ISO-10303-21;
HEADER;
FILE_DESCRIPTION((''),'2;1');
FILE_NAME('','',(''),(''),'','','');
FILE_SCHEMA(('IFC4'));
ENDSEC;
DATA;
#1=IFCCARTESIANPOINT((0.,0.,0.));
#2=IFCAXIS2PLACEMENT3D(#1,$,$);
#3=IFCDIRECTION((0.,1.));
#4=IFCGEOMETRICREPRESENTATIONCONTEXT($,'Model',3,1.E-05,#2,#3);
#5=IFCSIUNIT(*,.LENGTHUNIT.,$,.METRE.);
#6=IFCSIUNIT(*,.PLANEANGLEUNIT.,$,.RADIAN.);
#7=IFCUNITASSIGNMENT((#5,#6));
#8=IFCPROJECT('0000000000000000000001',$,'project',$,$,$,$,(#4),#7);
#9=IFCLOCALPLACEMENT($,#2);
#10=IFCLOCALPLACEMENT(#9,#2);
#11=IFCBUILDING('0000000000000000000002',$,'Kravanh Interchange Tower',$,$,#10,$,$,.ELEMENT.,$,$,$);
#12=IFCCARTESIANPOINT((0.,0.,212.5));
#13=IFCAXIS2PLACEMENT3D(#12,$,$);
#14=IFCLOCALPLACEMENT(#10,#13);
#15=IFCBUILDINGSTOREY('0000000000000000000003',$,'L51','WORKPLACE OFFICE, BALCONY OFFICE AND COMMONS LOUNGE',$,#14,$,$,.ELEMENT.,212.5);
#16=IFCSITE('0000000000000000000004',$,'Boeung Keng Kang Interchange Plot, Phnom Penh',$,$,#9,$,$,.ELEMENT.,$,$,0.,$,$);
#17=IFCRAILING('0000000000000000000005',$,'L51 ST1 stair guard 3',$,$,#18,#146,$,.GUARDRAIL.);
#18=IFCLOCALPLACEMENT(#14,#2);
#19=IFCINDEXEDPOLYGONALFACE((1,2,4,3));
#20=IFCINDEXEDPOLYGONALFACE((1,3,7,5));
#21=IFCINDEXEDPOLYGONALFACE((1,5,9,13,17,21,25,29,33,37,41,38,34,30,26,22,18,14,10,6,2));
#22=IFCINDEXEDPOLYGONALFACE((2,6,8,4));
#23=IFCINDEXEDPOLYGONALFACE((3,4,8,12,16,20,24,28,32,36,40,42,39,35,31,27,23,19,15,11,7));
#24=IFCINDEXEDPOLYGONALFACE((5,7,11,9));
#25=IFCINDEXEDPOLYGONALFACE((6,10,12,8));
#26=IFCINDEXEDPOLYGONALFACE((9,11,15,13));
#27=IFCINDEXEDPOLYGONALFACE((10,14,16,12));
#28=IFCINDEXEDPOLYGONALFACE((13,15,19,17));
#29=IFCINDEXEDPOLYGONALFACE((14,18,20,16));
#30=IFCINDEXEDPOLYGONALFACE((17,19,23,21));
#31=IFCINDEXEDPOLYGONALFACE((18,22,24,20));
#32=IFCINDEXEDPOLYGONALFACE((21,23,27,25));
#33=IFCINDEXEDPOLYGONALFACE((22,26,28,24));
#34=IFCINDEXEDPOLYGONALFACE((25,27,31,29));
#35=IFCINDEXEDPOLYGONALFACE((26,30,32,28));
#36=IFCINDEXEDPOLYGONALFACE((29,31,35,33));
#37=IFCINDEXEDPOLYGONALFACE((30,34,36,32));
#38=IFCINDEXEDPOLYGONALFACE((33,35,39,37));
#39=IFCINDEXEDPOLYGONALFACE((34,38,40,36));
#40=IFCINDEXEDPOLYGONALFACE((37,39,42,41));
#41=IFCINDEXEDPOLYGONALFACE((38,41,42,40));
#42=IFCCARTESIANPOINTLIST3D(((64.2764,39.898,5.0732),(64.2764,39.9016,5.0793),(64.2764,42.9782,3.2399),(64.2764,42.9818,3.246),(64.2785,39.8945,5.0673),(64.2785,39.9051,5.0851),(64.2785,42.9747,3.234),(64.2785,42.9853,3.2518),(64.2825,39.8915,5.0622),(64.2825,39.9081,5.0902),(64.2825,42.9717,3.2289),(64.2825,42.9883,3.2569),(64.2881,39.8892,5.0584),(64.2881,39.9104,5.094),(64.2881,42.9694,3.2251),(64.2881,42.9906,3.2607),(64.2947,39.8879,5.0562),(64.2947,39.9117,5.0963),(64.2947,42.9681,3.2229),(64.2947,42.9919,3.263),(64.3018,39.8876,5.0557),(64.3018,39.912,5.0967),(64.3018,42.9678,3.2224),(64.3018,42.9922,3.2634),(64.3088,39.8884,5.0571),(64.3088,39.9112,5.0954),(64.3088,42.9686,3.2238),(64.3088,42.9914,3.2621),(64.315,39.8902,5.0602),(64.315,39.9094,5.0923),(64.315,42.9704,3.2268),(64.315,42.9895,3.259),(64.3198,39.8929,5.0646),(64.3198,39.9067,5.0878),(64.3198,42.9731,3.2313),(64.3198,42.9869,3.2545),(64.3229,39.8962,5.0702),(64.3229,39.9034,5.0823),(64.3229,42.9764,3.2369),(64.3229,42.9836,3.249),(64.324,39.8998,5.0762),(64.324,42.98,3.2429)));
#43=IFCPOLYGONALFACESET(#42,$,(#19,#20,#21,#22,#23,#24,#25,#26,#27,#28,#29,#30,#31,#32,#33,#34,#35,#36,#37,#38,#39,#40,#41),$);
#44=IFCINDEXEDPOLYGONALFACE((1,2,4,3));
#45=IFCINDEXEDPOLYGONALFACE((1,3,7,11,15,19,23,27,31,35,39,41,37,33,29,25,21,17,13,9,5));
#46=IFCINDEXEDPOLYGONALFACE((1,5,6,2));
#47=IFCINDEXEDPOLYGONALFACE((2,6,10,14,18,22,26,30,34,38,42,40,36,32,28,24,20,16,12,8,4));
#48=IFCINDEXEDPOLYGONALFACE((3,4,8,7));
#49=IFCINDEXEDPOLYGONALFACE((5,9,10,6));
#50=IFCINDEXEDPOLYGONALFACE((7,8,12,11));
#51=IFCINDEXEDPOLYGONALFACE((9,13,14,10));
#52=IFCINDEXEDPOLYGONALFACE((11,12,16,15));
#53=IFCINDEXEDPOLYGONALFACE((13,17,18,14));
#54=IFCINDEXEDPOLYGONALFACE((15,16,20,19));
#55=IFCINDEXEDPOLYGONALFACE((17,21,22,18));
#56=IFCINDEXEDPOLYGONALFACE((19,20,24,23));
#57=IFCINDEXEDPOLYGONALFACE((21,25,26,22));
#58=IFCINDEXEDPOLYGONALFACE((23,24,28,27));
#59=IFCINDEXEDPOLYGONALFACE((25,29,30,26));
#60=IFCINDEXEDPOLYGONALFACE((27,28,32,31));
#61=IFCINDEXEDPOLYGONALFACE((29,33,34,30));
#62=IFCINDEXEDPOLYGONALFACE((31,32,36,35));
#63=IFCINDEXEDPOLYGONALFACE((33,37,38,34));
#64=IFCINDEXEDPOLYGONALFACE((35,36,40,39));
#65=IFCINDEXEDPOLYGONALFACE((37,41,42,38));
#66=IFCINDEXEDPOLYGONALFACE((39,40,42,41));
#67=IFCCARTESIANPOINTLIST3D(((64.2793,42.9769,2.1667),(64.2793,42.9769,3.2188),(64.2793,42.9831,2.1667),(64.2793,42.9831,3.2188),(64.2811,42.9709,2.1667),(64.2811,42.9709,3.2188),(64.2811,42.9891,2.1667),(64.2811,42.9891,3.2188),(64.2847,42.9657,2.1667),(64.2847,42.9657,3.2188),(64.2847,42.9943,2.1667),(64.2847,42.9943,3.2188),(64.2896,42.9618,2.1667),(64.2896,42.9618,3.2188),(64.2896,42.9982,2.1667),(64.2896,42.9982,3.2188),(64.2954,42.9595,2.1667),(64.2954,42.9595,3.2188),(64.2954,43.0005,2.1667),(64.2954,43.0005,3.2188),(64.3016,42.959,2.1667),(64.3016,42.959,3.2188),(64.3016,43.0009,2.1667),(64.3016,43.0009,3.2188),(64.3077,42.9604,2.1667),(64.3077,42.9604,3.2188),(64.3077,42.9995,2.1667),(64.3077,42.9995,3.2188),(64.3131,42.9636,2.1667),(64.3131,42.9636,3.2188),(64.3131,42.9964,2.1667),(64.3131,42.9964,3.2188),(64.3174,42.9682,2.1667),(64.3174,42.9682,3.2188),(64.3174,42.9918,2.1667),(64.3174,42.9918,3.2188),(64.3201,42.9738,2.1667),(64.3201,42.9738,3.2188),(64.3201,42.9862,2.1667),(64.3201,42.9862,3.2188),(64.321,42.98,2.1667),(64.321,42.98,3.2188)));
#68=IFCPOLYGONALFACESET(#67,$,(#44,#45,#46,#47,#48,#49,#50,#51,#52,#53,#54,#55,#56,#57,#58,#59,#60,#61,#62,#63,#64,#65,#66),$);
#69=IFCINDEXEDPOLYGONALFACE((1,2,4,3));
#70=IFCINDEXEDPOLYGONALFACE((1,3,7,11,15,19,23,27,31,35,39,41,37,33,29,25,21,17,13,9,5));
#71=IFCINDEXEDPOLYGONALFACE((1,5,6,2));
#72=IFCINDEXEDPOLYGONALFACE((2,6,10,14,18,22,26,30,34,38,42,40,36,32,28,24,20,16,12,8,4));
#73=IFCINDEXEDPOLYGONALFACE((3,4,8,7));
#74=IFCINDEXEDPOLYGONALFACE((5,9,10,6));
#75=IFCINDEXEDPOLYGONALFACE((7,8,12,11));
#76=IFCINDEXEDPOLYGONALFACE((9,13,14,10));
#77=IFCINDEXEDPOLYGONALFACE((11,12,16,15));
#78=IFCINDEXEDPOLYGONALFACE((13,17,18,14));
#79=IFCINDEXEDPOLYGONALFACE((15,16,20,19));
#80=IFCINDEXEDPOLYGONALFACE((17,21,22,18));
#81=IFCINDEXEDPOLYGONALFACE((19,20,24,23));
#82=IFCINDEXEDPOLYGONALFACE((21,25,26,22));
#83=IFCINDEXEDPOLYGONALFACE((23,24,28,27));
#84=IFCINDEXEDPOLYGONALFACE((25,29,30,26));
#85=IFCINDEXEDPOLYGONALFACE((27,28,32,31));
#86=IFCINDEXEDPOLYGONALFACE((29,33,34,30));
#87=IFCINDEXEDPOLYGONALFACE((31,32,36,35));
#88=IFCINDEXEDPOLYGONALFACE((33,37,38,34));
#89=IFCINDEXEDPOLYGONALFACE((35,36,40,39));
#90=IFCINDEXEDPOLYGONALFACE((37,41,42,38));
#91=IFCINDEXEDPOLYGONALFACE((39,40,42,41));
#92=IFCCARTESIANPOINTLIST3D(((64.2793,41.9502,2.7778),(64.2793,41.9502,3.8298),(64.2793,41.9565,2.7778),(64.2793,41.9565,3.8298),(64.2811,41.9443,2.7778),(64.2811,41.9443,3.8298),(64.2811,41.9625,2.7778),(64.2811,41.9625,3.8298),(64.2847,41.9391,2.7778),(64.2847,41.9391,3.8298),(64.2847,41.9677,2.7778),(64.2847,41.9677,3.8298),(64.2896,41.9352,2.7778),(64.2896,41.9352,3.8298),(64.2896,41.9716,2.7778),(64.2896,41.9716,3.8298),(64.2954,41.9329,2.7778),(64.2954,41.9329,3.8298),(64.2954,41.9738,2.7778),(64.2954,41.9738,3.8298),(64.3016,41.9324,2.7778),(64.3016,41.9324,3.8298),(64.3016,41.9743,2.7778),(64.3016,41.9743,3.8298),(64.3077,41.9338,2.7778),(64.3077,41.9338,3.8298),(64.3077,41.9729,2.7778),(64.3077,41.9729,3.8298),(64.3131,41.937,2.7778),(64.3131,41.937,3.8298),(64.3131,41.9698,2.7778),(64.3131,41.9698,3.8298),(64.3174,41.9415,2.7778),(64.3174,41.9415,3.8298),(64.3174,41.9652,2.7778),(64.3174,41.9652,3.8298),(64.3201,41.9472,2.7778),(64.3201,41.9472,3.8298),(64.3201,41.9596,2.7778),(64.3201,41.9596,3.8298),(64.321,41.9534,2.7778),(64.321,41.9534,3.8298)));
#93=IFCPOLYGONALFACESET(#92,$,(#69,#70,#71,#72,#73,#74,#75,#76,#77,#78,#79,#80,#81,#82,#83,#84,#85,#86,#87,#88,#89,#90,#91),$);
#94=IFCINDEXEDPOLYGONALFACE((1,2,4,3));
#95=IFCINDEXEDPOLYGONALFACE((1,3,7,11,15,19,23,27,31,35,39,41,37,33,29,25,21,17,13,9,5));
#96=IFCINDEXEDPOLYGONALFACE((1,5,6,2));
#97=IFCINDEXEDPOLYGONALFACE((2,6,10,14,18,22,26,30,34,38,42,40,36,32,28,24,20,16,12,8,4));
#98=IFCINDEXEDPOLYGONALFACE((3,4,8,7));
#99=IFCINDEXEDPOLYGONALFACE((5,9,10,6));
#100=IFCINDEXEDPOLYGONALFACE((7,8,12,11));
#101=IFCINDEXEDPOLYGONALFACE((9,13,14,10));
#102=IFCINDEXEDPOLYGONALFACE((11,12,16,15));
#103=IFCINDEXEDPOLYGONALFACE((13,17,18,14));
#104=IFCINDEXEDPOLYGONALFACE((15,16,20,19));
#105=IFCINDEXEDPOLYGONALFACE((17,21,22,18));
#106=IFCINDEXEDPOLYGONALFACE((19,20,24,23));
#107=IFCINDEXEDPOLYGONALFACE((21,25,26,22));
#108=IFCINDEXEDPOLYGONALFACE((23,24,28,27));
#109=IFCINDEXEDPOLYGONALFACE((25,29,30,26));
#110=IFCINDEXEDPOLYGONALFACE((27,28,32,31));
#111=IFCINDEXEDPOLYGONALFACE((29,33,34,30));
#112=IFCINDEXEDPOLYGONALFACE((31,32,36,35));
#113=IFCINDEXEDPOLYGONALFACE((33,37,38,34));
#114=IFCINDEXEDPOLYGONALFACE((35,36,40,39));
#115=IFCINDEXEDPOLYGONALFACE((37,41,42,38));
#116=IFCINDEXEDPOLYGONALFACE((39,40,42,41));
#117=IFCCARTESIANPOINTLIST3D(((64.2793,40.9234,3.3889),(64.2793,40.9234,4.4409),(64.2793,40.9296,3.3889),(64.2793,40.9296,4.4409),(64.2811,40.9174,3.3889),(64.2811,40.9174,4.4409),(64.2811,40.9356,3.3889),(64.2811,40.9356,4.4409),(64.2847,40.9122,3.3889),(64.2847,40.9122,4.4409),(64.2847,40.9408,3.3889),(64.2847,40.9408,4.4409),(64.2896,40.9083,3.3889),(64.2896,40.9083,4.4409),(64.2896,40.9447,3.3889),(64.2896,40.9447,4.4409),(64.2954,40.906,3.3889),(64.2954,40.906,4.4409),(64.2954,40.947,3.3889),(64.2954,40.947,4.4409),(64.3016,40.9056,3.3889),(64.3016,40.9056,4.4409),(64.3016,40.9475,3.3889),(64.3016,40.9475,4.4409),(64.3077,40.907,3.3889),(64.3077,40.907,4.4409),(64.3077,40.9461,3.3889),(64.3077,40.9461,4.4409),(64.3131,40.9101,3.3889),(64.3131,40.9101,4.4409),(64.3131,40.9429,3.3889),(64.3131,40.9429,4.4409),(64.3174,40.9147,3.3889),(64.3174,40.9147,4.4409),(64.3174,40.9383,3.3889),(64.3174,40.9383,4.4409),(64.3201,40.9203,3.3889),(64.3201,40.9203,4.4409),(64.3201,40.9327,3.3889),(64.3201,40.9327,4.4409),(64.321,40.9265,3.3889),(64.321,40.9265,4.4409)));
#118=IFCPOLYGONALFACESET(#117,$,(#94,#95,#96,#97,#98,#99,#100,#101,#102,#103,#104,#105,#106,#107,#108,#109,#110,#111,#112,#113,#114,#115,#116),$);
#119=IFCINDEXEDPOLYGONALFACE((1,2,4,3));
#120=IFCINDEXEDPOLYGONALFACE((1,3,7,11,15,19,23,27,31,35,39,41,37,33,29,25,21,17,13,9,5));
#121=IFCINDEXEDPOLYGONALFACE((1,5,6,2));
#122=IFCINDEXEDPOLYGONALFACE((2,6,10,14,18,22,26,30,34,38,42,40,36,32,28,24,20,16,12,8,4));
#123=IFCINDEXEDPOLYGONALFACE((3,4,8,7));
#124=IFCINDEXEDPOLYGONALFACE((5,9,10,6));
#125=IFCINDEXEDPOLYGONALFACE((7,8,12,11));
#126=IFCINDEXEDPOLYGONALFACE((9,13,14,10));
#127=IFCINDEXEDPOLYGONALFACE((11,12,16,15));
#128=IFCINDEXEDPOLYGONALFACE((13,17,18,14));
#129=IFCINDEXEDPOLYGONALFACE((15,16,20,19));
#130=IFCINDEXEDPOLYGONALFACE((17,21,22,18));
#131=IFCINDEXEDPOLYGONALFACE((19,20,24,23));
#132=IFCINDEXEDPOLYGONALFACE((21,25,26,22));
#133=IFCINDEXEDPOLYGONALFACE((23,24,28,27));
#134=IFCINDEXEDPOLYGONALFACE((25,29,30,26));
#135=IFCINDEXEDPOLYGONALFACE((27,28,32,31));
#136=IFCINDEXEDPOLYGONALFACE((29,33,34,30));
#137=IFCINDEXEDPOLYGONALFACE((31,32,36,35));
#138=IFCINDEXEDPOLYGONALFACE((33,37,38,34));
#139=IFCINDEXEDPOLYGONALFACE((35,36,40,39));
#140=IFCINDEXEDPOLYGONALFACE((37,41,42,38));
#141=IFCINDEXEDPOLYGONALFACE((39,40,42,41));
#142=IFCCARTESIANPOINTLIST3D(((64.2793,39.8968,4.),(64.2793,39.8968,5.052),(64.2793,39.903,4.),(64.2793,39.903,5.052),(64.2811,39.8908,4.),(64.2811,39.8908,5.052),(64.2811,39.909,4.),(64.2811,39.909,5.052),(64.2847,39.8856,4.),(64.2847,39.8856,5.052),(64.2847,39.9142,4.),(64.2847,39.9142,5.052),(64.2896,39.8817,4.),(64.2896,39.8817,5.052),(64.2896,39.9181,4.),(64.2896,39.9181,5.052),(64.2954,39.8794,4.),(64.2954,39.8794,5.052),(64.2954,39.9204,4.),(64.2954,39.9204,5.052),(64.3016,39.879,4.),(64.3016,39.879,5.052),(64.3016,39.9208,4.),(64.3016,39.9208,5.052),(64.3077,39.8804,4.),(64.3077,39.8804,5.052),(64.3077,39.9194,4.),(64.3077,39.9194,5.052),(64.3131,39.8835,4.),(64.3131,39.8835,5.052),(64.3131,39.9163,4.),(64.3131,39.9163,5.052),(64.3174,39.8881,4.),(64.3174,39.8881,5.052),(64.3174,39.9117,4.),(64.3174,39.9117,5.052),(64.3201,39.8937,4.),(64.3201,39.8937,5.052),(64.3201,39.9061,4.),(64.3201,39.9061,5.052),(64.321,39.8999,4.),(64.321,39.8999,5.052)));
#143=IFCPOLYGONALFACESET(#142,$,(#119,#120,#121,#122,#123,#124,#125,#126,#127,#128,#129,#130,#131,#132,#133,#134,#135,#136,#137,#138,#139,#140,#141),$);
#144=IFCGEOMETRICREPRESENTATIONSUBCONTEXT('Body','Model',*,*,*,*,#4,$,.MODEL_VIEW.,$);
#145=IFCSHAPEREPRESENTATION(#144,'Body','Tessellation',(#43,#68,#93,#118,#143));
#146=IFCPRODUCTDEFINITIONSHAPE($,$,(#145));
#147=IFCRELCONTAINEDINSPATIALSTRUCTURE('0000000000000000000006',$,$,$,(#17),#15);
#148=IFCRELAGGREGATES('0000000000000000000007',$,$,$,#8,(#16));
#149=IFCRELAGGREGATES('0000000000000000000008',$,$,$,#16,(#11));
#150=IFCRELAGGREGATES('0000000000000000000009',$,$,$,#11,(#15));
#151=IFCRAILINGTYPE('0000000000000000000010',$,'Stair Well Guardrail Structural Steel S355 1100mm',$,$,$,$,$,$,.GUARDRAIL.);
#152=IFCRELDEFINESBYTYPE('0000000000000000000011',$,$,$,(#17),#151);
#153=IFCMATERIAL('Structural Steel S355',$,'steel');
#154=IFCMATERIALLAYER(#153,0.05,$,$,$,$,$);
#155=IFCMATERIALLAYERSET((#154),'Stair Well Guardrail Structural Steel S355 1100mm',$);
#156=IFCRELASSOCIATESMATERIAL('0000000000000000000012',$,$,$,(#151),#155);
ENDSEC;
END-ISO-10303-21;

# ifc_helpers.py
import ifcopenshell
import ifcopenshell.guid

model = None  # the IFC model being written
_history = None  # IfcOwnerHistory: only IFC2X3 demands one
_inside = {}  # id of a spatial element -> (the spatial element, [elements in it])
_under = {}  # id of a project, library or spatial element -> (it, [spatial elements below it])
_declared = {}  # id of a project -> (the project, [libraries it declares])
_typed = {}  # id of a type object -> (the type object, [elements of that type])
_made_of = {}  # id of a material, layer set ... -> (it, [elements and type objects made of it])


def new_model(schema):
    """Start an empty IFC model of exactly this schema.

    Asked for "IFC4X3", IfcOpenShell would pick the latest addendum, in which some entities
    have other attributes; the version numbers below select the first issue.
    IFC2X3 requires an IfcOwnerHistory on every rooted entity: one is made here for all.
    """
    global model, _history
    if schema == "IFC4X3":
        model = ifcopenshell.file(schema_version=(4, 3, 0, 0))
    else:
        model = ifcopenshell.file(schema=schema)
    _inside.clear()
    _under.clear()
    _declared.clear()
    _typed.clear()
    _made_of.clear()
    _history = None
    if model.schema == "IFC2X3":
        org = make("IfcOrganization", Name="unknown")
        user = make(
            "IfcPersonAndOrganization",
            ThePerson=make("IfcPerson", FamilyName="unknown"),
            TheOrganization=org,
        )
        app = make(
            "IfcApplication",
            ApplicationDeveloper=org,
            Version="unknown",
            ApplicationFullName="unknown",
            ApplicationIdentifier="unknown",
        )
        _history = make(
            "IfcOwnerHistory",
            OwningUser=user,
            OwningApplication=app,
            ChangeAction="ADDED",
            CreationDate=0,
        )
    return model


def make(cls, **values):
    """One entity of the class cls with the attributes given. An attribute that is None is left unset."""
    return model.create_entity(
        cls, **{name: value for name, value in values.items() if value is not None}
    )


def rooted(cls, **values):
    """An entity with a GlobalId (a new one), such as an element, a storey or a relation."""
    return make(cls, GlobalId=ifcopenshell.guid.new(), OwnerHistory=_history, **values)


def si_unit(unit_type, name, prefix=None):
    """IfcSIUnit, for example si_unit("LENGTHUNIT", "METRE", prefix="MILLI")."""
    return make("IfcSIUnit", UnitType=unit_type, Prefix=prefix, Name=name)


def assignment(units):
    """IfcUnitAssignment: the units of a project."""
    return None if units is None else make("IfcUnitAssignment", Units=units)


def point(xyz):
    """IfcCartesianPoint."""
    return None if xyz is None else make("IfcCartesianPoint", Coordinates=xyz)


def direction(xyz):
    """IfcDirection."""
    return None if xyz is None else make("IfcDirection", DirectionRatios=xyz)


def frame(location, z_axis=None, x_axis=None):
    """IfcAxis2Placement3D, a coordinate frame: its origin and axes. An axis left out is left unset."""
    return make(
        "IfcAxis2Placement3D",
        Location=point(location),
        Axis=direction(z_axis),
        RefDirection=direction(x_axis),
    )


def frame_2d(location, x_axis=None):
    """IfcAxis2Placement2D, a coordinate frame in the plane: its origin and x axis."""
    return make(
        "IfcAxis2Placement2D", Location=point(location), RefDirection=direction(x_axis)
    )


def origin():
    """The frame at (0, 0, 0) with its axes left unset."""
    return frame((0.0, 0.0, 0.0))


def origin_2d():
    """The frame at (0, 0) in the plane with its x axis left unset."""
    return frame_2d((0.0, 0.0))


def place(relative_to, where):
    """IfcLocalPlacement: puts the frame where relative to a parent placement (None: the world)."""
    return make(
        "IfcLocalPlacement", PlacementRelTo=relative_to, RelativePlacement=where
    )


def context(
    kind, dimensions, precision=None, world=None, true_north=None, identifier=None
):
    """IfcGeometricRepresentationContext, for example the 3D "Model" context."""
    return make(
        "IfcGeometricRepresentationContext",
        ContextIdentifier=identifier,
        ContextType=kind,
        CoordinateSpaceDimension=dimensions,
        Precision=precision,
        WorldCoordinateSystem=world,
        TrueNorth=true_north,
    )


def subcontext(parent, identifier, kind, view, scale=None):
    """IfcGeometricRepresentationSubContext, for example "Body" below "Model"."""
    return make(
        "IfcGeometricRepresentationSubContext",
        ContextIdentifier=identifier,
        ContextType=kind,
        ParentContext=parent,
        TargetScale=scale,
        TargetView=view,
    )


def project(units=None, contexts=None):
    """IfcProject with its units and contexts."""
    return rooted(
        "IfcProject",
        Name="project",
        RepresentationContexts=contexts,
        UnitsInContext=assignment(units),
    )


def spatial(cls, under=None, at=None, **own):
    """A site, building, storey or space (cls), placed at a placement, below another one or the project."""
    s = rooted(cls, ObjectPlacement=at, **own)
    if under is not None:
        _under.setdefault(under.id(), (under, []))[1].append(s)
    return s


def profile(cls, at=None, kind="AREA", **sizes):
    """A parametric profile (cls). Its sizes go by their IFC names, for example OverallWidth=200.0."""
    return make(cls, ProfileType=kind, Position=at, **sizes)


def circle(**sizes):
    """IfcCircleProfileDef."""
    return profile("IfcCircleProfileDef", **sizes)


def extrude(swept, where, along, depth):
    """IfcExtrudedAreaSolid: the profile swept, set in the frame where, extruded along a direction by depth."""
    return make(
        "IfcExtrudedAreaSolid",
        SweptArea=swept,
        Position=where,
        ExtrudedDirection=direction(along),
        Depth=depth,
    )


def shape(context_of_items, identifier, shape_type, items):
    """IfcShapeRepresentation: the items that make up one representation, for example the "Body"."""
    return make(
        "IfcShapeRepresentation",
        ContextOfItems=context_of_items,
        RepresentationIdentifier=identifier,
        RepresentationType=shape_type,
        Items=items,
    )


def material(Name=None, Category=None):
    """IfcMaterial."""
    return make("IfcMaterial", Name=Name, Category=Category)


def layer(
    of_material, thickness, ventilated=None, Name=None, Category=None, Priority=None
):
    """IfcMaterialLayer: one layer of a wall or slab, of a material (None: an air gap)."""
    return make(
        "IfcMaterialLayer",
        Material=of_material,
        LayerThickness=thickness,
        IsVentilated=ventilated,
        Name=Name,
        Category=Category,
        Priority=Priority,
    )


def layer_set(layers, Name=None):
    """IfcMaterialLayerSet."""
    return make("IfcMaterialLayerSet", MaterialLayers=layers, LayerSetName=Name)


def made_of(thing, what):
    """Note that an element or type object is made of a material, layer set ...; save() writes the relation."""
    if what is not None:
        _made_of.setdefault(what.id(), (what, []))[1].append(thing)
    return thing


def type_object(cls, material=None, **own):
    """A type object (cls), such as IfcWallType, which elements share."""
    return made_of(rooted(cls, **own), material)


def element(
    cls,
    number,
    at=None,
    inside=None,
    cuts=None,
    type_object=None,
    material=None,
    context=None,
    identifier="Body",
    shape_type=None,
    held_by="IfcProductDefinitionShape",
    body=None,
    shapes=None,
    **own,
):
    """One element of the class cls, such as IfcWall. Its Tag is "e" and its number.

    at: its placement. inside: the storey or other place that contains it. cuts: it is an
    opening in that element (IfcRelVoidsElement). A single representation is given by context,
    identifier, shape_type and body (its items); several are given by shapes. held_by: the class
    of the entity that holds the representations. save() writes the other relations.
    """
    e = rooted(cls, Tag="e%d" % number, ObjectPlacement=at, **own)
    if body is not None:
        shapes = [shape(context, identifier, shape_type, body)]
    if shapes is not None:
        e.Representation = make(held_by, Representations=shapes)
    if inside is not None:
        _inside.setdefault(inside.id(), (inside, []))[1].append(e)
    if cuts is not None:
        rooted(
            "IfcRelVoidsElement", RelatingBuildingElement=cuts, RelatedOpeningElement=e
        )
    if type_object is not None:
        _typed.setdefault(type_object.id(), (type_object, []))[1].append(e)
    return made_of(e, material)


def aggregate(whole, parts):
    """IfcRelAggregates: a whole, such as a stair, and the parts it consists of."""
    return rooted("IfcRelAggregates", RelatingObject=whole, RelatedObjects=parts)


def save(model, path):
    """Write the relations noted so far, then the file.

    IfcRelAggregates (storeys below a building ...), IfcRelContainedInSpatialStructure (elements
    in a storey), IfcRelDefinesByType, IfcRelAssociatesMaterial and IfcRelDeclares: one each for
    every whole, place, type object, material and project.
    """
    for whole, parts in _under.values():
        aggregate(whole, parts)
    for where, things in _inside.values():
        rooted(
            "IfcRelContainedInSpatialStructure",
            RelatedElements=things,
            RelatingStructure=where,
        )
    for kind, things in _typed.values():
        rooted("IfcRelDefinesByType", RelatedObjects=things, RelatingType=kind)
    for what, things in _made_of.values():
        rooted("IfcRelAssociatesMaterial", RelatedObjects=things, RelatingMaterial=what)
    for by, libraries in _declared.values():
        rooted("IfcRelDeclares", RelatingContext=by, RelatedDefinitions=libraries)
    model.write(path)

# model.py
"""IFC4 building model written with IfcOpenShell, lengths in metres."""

from ifc_helpers import new_model, si_unit, direction, frame, origin, origin_2d, place, context, subcontext, project, spatial, circle, extrude, material, layer, layer_set, type_object, element, save


model = new_model("IFC4")

# Units and contexts
model_context = context("Model", 3, precision=1e-05, world=origin(), true_north=direction((0.0, 1.0)))
body_context = subcontext(model_context, "Body", "Model", "MODEL_VIEW")
ifc_project = project(units=[si_unit("LENGTHUNIT", "METRE"), si_unit("PLANEANGLEUNIT", "RADIAN")], contexts=[model_context])

# Site, building, storey
site_placement = place(None, origin())
site = spatial("IfcSite", under=ifc_project, at=site_placement, Name="Boeung Keng Kang Interchange Plot, Phnom Penh", CompositionType="ELEMENT", RefElevation=0.0)
building_placement = place(site_placement, origin())
building = spatial("IfcBuilding", under=site, at=building_placement, Name="Kravanh Interchange Tower", CompositionType="ELEMENT")
storey_placement = place(building_placement, frame((0.0, 0.0, 212.5)))
storey = spatial("IfcBuildingStorey", under=building, at=storey_placement, Name="L51", Description="WORKPLACE OFFICE, BALCONY OFFICE AND COMMONS LOUNGE", CompositionType="ELEMENT", Elevation=212.5)

# Railing
ifc_material_1 = material(Name="Structural Steel S355", Category="steel")
ifc_layer_1 = layer(ifc_material_1, 0.05)
ifc_layer_set_1 = layer_set([ifc_layer_1], Name="Stair Well Guardrail Structural Steel S355 1100mm")
railing_type_1 = type_object("IfcRailingType", Name="Stair Well Guardrail Structural Steel S355 1100mm", PredefinedType="GUARDRAIL", material=ifc_layer_set_1)
railing_1_placement = place(storey_placement, frame((64.3, 42.98, 2.1667)))
element("IfcRailing", 1, at=railing_1_placement, inside=storey, type_object=railing_type_1, Name="L51 ST1 stair guard 3", PredefinedType="GUARDRAIL", context=body_context, shape_type="SweptSolid", body=[
    extrude(circle(Radius=0.0239, at=origin_2d()), frame((0.0, 0.0, 1.0762), z_axis=(0.0, -0.859309, 0.511458), x_axis=(1.0, 0.0, 0.0)), (0.0, 0.0, 1.0), 3.5845),
    extrude(circle(Radius=0.021, at=origin_2d()), origin(), (0.0, 0.0, 1.0), 1.052),
    extrude(circle(Radius=0.021, at=origin_2d()), frame((0.0, -1.0266, 0.6111)), (0.0, 0.0, 1.0), 1.052),
    extrude(circle(Radius=0.021, at=origin_2d()), frame((0.0, -2.0535, 1.2222)), (0.0, 0.0, 1.0), 1.052),
    extrude(circle(Radius=0.021, at=origin_2d()), frame((0.0, -3.0801, 1.8333)), (0.0, 0.0, 1.0), 1.052),
])

save(model, "model.ifc")
